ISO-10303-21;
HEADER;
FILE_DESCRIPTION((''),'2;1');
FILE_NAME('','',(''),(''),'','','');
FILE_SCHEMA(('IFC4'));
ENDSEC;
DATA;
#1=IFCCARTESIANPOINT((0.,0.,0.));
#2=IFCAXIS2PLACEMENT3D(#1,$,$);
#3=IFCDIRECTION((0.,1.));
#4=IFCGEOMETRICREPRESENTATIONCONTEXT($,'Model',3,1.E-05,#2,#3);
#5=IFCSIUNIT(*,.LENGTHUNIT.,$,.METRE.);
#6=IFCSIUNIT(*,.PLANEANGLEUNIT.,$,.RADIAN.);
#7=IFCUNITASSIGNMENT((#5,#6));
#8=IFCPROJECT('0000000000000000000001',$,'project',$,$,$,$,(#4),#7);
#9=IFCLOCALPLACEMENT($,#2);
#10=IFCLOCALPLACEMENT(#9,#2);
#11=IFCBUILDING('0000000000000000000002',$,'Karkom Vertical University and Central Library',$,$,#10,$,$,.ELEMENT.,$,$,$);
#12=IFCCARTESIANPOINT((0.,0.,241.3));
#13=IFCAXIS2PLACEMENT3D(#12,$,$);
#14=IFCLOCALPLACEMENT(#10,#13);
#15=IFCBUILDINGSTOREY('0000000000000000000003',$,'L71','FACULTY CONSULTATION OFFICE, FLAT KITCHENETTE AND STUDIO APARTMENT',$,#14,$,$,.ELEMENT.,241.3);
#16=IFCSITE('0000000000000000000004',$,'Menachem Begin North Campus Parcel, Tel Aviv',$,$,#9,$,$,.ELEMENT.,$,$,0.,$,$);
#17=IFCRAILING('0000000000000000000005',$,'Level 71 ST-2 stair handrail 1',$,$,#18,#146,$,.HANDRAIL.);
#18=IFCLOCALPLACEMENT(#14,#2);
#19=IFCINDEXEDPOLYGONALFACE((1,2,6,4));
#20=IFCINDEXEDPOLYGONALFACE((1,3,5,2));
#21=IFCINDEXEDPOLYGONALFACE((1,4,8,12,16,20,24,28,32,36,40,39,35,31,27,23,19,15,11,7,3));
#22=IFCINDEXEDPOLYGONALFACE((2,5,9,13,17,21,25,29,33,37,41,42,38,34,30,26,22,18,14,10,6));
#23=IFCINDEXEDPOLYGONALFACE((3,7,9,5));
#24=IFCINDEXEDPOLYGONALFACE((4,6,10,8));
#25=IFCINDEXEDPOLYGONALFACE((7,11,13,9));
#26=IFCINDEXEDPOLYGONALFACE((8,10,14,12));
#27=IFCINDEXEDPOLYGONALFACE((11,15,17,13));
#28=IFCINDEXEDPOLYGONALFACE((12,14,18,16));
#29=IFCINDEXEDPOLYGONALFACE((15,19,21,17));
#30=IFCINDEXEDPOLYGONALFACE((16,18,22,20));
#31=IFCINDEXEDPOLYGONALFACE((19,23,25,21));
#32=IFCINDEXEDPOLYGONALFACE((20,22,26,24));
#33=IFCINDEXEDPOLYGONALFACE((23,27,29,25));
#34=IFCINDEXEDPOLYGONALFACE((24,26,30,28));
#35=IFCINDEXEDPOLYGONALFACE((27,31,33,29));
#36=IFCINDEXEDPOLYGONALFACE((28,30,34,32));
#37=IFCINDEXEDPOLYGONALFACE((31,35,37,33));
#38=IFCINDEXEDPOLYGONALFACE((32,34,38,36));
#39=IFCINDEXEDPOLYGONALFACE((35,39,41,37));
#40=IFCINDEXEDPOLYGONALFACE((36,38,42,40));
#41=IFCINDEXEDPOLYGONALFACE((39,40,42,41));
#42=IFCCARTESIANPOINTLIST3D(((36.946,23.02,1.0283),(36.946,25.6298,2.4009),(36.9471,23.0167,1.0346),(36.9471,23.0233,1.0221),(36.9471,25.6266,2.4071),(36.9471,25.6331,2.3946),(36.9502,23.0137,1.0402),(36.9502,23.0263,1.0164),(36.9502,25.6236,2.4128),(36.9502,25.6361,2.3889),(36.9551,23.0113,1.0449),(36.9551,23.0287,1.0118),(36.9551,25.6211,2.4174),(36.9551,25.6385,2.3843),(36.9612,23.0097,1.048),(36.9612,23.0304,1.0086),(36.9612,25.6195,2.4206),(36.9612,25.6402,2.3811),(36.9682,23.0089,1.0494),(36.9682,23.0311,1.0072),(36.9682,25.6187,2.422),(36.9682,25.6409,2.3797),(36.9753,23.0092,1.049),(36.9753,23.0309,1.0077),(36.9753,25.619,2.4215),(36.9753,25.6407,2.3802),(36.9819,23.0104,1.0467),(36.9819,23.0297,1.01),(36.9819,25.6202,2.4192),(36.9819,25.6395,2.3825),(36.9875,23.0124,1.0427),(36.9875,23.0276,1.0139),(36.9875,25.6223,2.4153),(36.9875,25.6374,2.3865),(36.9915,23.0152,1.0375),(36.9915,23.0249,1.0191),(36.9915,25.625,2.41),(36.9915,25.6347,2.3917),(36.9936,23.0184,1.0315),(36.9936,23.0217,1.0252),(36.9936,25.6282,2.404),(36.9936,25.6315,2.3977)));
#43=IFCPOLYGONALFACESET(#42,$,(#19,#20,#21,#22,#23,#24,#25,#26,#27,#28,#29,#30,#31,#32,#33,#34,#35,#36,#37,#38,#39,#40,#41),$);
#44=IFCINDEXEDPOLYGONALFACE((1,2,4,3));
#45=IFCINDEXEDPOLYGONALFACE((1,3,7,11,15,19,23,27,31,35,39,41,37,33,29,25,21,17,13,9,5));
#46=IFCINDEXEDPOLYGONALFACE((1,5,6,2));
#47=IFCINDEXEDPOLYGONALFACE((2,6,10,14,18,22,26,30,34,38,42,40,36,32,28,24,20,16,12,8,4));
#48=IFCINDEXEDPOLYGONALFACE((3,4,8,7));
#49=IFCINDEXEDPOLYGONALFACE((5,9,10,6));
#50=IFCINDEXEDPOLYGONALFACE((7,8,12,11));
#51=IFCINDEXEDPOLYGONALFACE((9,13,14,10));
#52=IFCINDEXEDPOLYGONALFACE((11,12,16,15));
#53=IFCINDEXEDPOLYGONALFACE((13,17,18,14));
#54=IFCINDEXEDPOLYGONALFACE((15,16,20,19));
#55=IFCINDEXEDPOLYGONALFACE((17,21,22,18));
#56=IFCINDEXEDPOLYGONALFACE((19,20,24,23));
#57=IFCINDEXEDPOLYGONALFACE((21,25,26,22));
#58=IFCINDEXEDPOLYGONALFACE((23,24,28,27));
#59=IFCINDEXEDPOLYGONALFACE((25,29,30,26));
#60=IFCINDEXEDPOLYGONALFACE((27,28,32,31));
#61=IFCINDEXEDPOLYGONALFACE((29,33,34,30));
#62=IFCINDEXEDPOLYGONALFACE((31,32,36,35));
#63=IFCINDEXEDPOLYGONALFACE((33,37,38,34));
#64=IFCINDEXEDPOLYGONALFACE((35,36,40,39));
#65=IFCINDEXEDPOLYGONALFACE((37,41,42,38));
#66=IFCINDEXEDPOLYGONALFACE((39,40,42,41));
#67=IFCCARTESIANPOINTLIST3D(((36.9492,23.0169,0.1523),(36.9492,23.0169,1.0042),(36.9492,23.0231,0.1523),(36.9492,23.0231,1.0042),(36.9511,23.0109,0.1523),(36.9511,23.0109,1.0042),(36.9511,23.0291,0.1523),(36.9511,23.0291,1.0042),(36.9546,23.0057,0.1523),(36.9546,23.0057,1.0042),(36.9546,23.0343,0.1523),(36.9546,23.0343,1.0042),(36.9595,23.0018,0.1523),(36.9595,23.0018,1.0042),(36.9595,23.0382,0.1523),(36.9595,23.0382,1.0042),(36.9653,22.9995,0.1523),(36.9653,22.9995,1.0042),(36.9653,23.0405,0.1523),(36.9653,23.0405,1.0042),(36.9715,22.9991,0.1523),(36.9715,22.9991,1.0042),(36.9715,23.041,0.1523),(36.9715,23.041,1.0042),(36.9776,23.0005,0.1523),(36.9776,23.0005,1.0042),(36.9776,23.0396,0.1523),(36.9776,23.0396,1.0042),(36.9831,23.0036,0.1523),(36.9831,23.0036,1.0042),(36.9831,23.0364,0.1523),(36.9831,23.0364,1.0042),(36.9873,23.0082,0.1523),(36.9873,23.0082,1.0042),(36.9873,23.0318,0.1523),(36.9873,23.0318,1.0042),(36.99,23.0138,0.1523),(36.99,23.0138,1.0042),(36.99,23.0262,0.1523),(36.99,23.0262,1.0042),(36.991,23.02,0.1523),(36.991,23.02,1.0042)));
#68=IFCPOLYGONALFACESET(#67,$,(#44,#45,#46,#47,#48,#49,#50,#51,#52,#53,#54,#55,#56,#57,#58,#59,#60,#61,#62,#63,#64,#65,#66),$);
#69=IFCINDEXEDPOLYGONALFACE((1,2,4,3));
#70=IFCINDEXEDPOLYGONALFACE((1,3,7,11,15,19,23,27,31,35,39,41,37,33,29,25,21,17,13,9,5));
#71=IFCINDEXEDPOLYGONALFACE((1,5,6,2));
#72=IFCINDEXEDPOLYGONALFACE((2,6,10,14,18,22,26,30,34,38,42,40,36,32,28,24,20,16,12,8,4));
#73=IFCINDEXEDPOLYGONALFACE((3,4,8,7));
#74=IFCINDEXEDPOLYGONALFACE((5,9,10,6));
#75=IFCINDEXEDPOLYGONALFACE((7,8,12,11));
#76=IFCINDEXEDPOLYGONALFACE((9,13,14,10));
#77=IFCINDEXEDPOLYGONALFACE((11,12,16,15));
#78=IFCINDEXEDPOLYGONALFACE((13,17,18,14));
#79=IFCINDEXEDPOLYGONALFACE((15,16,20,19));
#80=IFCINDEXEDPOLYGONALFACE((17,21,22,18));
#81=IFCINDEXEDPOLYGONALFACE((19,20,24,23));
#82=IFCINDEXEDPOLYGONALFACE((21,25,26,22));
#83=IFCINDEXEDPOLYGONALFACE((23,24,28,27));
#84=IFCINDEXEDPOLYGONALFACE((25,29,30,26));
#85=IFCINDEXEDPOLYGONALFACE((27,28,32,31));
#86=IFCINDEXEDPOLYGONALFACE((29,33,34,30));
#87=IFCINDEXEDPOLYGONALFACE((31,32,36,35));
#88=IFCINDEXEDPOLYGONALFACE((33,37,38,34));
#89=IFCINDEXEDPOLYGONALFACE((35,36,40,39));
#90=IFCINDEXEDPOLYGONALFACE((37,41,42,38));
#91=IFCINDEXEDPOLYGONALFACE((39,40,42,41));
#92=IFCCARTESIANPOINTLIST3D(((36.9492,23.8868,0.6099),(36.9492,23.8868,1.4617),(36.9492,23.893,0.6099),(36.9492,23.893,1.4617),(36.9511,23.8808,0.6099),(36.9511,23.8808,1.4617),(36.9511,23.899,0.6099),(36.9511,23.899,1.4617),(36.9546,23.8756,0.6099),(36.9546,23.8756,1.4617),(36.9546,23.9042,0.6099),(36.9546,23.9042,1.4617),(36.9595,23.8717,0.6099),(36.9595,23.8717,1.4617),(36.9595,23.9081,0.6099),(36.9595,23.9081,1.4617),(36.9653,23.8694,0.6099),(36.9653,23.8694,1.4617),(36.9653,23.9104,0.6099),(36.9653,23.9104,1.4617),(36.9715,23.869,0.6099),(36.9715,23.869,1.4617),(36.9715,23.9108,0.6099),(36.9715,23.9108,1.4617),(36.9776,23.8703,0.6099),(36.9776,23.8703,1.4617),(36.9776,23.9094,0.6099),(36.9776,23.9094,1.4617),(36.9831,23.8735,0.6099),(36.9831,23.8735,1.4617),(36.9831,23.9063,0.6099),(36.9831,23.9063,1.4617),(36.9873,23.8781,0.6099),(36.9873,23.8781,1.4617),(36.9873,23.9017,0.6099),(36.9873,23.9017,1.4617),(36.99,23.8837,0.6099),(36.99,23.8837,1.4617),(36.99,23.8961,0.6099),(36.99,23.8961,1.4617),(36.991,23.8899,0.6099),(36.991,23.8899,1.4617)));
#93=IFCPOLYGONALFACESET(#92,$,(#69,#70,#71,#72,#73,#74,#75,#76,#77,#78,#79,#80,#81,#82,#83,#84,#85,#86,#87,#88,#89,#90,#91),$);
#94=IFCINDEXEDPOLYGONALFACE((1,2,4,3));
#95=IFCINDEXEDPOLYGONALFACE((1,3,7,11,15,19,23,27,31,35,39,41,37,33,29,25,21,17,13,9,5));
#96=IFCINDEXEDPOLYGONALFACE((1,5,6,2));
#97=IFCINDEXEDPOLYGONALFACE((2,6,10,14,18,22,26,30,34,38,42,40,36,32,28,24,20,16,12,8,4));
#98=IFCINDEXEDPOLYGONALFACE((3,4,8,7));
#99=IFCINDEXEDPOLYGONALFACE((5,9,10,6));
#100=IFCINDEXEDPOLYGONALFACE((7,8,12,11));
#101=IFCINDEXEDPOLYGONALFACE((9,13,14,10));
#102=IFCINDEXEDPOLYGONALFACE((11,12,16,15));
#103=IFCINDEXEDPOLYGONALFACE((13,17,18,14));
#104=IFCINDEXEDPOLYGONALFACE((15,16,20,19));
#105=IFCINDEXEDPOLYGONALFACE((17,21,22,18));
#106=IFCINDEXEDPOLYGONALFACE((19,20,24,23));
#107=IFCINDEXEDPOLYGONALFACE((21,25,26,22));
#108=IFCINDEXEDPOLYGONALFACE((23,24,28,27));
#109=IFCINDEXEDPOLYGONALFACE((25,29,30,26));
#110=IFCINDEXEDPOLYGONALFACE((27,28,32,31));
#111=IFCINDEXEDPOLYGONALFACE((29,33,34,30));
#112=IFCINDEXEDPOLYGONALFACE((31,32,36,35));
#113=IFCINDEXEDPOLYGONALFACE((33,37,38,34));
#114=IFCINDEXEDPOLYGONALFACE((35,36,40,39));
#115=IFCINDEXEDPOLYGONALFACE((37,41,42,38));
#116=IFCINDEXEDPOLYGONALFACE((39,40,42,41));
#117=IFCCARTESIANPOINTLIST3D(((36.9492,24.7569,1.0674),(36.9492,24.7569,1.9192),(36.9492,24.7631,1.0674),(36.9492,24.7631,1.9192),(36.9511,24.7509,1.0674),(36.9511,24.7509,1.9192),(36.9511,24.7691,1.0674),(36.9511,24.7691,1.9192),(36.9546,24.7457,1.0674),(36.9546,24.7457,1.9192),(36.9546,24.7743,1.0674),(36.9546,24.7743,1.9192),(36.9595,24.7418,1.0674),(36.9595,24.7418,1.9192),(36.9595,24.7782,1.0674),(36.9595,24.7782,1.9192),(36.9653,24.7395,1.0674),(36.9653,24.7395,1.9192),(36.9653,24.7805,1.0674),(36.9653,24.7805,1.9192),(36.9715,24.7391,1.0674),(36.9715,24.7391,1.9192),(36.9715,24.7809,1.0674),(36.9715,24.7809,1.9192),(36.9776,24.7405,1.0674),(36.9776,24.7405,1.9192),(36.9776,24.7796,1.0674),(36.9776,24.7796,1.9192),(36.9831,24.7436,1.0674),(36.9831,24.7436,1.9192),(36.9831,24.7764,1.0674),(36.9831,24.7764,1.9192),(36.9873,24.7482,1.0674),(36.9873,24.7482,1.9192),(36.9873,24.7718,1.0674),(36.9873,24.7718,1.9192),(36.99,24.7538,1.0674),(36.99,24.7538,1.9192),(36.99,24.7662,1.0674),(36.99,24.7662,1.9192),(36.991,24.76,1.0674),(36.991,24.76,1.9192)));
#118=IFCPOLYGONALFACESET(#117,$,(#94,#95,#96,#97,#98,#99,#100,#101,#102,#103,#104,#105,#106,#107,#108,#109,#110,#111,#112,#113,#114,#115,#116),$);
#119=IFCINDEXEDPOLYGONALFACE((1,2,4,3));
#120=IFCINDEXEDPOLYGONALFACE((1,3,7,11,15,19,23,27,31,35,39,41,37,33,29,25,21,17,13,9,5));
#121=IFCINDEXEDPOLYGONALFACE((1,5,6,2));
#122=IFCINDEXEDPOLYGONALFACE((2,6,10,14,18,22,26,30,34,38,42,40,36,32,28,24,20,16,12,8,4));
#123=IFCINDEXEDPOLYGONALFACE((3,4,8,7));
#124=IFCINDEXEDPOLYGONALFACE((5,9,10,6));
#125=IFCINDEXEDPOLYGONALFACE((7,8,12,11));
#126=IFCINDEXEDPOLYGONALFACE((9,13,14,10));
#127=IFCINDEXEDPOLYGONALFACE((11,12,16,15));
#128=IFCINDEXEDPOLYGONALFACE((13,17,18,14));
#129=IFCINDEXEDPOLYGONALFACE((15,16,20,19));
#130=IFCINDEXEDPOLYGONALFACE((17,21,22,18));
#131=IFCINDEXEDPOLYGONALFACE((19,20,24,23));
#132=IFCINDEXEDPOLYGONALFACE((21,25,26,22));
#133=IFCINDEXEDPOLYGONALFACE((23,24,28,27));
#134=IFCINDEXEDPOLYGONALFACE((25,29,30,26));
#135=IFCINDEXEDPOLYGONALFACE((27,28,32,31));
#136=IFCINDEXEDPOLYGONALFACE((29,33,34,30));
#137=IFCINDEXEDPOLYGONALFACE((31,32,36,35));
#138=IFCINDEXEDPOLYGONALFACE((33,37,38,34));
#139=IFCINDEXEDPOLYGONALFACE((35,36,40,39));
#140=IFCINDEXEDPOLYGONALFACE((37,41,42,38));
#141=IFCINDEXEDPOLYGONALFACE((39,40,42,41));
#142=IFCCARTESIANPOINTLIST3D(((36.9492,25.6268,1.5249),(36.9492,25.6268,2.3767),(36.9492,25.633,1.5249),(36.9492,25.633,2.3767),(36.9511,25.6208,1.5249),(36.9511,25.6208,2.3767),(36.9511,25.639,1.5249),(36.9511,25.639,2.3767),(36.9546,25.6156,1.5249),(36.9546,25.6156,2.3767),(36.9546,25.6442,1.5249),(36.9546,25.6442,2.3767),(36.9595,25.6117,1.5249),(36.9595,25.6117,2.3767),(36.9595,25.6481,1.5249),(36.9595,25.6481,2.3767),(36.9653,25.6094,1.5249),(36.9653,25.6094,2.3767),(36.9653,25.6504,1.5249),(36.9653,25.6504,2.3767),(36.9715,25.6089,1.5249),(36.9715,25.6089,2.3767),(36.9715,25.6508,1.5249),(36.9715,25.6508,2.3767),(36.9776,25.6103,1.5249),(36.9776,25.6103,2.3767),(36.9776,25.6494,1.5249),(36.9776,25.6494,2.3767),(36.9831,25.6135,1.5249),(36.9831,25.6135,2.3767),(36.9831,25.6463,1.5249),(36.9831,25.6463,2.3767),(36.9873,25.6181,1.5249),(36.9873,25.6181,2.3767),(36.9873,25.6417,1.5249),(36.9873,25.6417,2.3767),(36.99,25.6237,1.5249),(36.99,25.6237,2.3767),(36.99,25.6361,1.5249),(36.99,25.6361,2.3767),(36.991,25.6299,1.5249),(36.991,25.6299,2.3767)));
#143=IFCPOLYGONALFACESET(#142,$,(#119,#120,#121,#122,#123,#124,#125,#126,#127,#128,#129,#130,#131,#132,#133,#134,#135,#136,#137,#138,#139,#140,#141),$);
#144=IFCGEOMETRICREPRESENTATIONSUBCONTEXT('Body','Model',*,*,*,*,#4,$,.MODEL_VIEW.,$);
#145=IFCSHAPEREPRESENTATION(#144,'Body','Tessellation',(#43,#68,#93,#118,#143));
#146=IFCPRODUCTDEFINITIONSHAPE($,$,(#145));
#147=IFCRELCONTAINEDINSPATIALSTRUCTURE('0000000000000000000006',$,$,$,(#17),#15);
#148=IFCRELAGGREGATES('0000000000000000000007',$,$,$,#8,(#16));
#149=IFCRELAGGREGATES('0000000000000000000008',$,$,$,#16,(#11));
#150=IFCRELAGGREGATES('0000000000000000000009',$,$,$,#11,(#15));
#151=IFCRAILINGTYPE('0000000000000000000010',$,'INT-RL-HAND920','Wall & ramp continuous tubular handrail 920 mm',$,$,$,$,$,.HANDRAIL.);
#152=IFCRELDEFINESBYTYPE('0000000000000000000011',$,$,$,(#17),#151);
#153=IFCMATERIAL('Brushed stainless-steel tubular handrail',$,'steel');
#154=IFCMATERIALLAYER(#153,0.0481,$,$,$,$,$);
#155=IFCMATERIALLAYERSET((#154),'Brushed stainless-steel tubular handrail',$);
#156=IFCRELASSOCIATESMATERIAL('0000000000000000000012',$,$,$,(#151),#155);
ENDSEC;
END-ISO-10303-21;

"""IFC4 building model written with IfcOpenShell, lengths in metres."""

from ifc_helpers import new_model, si_unit, direction, frame, origin, origin_2d, place, context, subcontext, project, spatial, circle, extrude, material, layer, layer_set, type_object, element, save


model = new_model("IFC4")

# Units and contexts
model_context = context("Model", 3, precision=1e-05, world=origin(), true_north=direction((0.0, 1.0)))
body_context = subcontext(model_context, "Body", "Model", "MODEL_VIEW")
ifc_project = project(units=[si_unit("LENGTHUNIT", "METRE"), si_unit("PLANEANGLEUNIT", "RADIAN")], contexts=[model_context])

# Site, building, storey
site_placement = place(None, origin())
site = spatial("IfcSite", under=ifc_project, at=site_placement, Name="Menachem Begin North Campus Parcel, Tel Aviv", CompositionType="ELEMENT", RefElevation=0.0)
building_placement = place(site_placement, origin())
building = spatial("IfcBuilding", under=site, at=building_placement, Name="Karkom Vertical University and Central Library", CompositionType="ELEMENT")
storey_placement = place(building_placement, frame((0.0, 0.0, 241.3)))
storey = spatial("IfcBuildingStorey", under=building, at=storey_placement, Name="L71", Description="FACULTY CONSULTATION OFFICE, FLAT KITCHENETTE AND STUDIO APARTMENT", CompositionType="ELEMENT", Elevation=241.3)

# Railing
ifc_material_1 = material(Name="Brushed stainless-steel tubular handrail", Category="steel")
ifc_layer_1 = layer(ifc_material_1, 0.0481)
ifc_layer_set_1 = layer_set([ifc_layer_1], Name="Brushed stainless-steel tubular handrail")
railing_type_1 = type_object("IfcRailingType", Name="INT-RL-HAND920", Description="Wall & ramp continuous tubular handrail 920 mm", PredefinedType="HANDRAIL", material=ifc_layer_set_1)
railing_1_placement = place(storey_placement, frame((36.97, 23.02, 0.1523)))
element("IfcRailing", 1, at=railing_1_placement, inside=storey, type_object=railing_type_1, Name="Level 71 ST-2 stair handrail 1", PredefinedType="HANDRAIL", context=body_context, shape_type="SweptSolid", body=[
    extrude(circle(Radius=0.0239, at=origin_2d()), frame((0.0, 0.0, 0.876), z_axis=(0.0, 0.885065, 0.465467), x_axis=(-1.0, 0.0, 0.0)), (0.0, 0.0, 1.0), 2.9487),
    extrude(circle(Radius=0.021, at=origin_2d()), origin(), (0.0, 0.0, 1.0), 0.8518),
    extrude(circle(Radius=0.021, at=origin_2d()), frame((0.0, 0.8699, 0.4575)), (0.0, 0.0, 1.0), 0.8518),
    extrude(circle(Radius=0.021, at=origin_2d()), frame((0.0, 1.74, 0.915)), (0.0, 0.0, 1.0), 0.8518),
    extrude(circle(Radius=0.021, at=origin_2d()), frame((0.0, 2.6099, 1.3726)), (0.0, 0.0, 1.0), 0.8518),
])

save(model, "model.ifc")
